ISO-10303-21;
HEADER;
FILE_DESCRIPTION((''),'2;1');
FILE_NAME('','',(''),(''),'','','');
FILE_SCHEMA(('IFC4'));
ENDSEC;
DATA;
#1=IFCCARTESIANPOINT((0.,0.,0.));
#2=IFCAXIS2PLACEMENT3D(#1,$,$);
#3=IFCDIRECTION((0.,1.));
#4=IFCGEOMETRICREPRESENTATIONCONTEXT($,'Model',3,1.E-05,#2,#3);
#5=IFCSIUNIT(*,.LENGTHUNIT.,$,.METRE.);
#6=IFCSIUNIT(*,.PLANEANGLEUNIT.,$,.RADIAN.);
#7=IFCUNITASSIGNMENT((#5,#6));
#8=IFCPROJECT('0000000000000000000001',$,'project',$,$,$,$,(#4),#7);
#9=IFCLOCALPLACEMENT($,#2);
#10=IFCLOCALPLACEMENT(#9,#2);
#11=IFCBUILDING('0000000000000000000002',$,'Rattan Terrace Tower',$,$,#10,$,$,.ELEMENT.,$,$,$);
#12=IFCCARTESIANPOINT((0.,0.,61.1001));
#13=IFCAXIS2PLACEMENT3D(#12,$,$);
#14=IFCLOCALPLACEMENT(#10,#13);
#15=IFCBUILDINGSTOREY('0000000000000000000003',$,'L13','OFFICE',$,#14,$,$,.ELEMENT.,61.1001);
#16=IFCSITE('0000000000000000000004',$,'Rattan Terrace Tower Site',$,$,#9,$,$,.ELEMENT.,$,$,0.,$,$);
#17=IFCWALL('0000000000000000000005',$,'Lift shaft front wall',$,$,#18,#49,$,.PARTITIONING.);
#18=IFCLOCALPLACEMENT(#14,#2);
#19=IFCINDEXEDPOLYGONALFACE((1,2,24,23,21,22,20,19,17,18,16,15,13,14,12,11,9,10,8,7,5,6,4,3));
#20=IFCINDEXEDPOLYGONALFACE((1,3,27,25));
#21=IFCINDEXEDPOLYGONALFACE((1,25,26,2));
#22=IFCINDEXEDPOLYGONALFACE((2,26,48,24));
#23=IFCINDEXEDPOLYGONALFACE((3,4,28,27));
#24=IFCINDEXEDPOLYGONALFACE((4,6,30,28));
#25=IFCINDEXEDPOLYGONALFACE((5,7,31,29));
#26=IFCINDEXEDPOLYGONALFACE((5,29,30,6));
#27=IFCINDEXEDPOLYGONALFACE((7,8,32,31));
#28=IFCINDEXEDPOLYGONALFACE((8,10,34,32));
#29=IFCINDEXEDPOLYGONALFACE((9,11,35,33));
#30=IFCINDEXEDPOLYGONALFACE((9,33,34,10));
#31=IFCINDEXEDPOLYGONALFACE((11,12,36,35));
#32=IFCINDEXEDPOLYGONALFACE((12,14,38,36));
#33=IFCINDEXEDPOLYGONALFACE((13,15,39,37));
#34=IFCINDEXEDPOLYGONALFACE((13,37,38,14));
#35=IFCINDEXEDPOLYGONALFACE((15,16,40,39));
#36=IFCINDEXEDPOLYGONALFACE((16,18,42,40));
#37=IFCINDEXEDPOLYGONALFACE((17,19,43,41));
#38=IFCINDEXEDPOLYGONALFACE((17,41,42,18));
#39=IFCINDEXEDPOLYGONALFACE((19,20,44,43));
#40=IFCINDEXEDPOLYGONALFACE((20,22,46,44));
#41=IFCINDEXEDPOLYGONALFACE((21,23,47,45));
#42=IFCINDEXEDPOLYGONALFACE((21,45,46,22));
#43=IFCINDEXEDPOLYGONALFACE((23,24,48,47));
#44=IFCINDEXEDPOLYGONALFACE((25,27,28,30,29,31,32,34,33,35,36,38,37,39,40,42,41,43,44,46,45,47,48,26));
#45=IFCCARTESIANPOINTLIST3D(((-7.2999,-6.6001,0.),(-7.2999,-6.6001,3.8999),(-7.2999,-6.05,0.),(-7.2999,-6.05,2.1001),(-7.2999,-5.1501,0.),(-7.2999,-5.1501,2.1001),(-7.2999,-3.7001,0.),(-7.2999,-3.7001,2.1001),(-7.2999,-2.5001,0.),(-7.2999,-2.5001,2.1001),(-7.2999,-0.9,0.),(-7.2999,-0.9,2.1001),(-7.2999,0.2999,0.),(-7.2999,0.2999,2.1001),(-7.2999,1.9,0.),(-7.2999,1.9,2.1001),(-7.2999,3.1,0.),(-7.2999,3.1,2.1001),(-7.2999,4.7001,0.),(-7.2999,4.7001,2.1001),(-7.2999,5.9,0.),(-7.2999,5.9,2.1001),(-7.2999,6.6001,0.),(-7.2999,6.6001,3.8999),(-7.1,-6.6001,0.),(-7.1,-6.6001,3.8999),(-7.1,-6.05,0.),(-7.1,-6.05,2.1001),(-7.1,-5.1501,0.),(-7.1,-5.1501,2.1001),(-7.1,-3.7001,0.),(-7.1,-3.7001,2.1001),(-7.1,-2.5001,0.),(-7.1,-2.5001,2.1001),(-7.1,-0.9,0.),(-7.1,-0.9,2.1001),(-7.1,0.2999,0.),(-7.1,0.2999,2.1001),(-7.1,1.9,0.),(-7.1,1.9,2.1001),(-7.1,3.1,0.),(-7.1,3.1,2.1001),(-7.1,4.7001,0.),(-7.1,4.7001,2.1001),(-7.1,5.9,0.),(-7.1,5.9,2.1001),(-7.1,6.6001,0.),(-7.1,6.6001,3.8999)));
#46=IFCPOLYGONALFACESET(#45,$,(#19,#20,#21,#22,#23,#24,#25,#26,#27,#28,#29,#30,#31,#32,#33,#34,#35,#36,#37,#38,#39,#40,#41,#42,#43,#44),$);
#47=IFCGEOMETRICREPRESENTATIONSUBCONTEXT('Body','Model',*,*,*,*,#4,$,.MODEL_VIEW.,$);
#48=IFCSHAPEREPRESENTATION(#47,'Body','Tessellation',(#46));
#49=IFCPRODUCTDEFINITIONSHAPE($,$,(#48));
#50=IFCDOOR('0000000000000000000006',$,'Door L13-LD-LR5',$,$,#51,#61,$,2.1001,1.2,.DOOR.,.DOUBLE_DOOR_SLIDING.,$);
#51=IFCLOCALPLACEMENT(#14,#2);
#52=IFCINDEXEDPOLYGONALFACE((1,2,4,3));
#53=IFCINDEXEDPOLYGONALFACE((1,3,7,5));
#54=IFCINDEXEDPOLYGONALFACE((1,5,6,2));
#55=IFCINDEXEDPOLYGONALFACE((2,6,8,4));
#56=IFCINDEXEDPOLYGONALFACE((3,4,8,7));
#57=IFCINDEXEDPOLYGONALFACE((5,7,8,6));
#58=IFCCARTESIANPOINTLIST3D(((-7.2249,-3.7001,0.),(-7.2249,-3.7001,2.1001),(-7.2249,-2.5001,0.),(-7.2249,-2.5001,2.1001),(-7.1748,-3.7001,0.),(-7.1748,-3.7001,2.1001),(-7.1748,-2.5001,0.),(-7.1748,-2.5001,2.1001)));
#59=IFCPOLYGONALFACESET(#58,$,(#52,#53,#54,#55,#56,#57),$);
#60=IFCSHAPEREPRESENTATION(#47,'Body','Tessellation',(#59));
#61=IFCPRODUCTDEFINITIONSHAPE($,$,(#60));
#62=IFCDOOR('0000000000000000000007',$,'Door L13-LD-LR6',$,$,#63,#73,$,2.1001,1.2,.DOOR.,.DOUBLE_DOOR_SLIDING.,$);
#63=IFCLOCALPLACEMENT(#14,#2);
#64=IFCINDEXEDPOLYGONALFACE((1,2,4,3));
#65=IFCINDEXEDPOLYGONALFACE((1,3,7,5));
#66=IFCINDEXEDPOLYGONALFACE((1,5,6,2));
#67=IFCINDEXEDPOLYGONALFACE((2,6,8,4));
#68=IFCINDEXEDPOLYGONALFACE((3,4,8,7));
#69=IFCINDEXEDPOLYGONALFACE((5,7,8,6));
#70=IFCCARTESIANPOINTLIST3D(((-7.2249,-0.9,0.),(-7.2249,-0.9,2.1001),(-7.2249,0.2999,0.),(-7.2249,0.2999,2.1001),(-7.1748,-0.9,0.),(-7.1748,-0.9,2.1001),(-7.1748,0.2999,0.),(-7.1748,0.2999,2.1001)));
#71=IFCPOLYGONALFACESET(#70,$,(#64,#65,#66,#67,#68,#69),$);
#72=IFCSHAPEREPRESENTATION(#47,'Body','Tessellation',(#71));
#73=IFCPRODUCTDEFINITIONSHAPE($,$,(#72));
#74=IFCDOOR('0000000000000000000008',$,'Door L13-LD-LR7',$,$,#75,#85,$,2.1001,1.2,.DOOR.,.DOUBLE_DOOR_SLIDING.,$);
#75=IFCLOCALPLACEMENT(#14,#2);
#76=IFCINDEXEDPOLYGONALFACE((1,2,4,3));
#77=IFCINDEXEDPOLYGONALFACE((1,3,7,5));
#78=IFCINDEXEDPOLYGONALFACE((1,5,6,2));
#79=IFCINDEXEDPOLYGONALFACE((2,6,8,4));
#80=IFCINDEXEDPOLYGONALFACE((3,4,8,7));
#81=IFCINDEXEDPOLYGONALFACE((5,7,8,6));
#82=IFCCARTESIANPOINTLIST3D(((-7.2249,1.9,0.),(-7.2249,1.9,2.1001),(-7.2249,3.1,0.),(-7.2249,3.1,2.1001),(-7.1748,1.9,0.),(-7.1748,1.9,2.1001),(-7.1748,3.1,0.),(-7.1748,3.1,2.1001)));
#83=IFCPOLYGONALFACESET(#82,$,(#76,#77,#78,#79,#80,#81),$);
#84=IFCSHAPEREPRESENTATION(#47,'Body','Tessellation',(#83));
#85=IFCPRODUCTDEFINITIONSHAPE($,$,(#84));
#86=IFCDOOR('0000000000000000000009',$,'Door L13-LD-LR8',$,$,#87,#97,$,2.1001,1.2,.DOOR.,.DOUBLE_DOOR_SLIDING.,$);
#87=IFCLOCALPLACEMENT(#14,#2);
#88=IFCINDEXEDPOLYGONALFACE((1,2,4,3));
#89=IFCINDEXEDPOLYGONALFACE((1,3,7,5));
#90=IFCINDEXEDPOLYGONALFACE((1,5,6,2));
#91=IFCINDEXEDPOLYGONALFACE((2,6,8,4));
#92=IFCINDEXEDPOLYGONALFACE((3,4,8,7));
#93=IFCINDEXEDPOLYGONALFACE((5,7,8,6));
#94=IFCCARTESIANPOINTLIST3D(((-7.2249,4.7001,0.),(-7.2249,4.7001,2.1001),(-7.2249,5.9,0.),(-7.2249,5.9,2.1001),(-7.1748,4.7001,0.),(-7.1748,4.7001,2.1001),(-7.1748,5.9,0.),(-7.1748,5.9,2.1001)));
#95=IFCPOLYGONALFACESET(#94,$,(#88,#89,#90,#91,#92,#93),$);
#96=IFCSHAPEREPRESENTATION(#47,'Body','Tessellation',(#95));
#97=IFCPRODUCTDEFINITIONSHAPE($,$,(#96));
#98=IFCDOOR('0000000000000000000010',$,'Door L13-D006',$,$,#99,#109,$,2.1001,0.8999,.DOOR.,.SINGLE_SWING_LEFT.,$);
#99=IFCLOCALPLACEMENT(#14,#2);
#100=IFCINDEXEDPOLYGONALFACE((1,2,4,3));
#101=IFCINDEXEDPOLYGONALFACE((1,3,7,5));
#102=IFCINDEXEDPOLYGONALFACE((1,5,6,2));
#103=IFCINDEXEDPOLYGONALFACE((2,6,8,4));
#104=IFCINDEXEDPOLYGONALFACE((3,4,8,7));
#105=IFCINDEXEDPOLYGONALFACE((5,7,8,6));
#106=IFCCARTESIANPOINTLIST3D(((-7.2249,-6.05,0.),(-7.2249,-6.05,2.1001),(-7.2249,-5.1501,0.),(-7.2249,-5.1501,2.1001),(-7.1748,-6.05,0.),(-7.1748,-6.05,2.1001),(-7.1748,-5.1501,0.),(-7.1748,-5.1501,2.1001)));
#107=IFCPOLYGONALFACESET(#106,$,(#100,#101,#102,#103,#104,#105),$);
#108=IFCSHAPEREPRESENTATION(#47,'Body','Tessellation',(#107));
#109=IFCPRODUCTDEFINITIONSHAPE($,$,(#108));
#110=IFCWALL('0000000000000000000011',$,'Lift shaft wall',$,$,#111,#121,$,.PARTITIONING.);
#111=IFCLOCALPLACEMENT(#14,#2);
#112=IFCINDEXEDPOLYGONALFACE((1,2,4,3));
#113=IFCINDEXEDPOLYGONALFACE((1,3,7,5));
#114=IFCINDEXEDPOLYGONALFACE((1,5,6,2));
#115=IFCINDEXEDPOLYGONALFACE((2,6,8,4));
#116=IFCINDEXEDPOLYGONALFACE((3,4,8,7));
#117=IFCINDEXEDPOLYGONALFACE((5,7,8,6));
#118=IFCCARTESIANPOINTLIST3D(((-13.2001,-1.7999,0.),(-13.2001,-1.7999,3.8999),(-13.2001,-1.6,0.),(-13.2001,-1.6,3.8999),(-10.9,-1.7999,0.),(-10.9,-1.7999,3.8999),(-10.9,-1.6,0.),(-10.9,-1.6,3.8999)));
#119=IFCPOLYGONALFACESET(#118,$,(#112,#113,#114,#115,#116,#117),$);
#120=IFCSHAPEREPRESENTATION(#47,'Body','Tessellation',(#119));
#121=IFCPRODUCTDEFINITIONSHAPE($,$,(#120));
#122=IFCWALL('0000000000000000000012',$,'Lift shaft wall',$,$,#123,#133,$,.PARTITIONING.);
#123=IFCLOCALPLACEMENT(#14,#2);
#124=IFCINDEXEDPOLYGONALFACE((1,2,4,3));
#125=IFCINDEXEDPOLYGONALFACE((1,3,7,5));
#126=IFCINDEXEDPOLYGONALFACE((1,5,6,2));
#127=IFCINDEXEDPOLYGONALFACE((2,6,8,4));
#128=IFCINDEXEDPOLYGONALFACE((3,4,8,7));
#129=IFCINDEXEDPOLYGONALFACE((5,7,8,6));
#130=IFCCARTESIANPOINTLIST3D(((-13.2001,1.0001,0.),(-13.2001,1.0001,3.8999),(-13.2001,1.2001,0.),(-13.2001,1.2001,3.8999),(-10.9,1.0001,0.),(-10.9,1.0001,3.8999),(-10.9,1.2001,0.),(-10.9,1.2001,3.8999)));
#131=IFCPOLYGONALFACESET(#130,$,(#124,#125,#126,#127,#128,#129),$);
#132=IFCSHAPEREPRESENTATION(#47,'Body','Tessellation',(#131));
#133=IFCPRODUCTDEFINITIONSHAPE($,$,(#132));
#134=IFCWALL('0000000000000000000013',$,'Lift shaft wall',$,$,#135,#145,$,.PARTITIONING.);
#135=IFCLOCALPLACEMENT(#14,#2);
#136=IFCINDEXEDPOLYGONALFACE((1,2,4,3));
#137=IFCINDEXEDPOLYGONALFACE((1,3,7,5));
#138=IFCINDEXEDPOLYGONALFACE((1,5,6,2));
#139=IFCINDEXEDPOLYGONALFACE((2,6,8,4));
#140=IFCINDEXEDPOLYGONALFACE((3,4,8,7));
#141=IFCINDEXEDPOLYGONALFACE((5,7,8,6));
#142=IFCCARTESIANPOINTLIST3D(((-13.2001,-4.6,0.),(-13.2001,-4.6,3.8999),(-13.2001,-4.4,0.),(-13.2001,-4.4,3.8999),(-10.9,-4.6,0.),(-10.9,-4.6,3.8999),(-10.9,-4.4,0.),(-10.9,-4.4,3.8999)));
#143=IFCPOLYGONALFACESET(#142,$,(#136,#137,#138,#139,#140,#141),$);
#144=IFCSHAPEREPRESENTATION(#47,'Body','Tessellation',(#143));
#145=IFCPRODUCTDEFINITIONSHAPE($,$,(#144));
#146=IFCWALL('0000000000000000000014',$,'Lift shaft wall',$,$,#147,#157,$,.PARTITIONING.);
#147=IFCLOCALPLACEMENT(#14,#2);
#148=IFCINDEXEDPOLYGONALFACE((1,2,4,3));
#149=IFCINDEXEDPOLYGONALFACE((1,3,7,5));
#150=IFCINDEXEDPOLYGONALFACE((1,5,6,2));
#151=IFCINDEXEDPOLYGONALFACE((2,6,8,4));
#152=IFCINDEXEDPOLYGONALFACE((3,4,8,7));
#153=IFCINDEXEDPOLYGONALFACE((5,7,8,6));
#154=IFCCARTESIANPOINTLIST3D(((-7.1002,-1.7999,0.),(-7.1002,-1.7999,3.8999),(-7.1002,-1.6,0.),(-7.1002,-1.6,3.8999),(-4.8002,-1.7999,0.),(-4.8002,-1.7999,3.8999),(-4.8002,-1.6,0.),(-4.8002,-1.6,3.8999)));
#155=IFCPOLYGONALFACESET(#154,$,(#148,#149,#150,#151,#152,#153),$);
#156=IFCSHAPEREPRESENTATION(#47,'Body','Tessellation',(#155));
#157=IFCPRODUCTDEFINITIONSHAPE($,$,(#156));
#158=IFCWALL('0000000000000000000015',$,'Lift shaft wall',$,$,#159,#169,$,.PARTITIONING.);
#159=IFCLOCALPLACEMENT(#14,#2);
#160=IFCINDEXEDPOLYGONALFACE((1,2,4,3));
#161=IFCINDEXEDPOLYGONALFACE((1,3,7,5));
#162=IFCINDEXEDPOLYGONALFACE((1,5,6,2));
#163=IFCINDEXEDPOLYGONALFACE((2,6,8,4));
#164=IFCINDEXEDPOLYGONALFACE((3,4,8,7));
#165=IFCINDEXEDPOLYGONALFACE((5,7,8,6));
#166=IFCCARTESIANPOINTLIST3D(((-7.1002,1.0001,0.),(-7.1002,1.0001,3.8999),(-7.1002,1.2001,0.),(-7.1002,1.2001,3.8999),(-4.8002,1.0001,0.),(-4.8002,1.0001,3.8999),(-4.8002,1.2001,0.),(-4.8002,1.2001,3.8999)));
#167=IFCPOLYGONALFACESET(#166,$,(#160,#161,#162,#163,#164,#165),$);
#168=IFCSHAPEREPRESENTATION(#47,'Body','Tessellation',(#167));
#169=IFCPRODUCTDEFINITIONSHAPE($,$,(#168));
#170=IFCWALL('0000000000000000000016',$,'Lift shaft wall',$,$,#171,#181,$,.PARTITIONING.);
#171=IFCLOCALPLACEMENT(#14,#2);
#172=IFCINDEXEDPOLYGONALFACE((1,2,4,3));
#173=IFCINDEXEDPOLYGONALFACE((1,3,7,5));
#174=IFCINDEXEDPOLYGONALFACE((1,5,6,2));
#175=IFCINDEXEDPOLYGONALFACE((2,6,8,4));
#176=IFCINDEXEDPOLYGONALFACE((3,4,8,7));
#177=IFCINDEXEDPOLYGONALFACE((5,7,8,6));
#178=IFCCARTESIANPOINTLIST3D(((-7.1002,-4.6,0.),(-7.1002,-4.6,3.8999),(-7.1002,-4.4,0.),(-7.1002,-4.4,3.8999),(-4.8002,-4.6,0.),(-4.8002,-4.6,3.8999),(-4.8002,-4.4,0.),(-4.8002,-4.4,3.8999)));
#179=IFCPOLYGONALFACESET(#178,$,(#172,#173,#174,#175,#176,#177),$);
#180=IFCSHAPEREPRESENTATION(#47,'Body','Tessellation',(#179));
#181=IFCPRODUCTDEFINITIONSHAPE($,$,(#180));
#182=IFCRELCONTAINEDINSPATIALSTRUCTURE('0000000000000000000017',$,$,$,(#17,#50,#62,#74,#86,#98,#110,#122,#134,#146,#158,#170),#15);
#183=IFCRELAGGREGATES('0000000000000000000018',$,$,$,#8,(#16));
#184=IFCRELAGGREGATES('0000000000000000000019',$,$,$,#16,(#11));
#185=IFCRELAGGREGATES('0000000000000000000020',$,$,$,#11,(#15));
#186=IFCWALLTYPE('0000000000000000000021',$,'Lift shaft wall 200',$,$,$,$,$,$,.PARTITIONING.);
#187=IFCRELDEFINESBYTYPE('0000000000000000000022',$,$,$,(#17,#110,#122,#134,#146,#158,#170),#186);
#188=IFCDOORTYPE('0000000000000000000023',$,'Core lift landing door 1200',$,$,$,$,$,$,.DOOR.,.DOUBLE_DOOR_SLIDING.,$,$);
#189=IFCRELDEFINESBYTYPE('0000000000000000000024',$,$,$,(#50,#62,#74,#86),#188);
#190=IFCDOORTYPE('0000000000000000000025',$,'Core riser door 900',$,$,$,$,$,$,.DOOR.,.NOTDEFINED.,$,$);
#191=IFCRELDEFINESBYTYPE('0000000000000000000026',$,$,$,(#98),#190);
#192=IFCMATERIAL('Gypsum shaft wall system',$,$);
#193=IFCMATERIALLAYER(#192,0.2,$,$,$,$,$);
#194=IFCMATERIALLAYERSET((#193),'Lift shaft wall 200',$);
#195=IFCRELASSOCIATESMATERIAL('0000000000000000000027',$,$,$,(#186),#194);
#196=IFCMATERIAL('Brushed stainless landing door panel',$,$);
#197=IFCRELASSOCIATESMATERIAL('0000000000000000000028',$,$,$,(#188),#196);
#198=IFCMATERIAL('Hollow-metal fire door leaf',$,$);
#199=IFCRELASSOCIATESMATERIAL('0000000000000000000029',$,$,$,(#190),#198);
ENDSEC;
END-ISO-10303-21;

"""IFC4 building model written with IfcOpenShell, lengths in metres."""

from ifc_helpers import new_model, si_unit, direction, frame, frame_2d, origin, place, context, subcontext, project, spatial, rectangle, extrude, material, layer, layer_set, type_object, element, fill, save


model = new_model("IFC4")

# Units and contexts
model_context = context("Model", 3, precision=1e-05, world=origin(), true_north=direction((0.0, 1.0)))
body_context = subcontext(model_context, "Body", "Model", "MODEL_VIEW")
ifc_project = project(units=[si_unit("LENGTHUNIT", "METRE"), si_unit("PLANEANGLEUNIT", "RADIAN")], contexts=[model_context])

# Site, building, storey
site_placement = place(None, origin())
site = spatial("IfcSite", under=ifc_project, at=site_placement, Name="Rattan Terrace Tower Site", CompositionType="ELEMENT", RefElevation=0.0)
building_placement = place(site_placement, origin())
building = spatial("IfcBuilding", under=site, at=building_placement, Name="Rattan Terrace Tower", CompositionType="ELEMENT")
storey_placement = place(building_placement, frame((0.0, 0.0, 61.1001)))
storey = spatial("IfcBuildingStorey", under=building, at=storey_placement, Name="L13", Description="OFFICE", CompositionType="ELEMENT", Elevation=61.1001)

# Wall, openings, doors
ifc_material_1 = material(Name="Gypsum shaft wall system")
ifc_layer_1 = layer(ifc_material_1, 0.2)
ifc_layer_set_1 = layer_set([ifc_layer_1], Name="Lift shaft wall 200")
wall_type_1 = type_object("IfcWallType", Name="Lift shaft wall 200", PredefinedType="PARTITIONING", material=ifc_layer_set_1)
wall_1_placement = place(storey_placement, frame((-7.2, -6.6001, 0.0), z_axis=(0.0, 0.0, 1.0), x_axis=(0.0, 1.0, 0.0)))
wall_1 = element("IfcWall", 1, at=wall_1_placement, inside=storey, type_object=wall_type_1, Name="Lift shaft front wall", PredefinedType="PARTITIONING", context=body_context, shape_type="SweptSolid", body=[
    extrude(rectangle(XDim=13.2002, YDim=0.2, at=frame_2d((6.6001, 0.0))), origin(), (0.0, 0.0, 1.0), 3.8999),
])
opening_1_placement = place(wall_1_placement, frame((0.55, 0.0, 0.0)))
opening_1 = element("IfcOpeningElement", 2, at=opening_1_placement, cuts=wall_1, PredefinedType="OPENING", context=body_context, shape_type="SweptSolid", body=[
    extrude(rectangle(XDim=0.8999, YDim=2.1001, at=frame_2d((0.45, 1.05))), frame((0.0, 0.1106, 0.0), z_axis=(0.0, -1.0, 0.0), x_axis=(1.0, 0.0, 0.0)), (0.0, 0.0, 1.0), 0.2209),
])
opening_2_placement = place(wall_1_placement, frame((2.8999, 0.0, 0.0)))
opening_2 = element("IfcOpeningElement", 3, at=opening_2_placement, cuts=wall_1, PredefinedType="OPENING", context=body_context, shape_type="SweptSolid", body=[
    extrude(rectangle(XDim=1.2, YDim=2.1001, at=frame_2d((0.6001, 1.05))), frame((0.0, 0.1106, 0.0), z_axis=(0.0, -1.0, 0.0), x_axis=(1.0, 0.0, 0.0)), (0.0, 0.0, 1.0), 0.2209),
])
opening_3_placement = place(wall_1_placement, frame((5.7, 0.0, 0.0)))
opening_3 = element("IfcOpeningElement", 4, at=opening_3_placement, cuts=wall_1, PredefinedType="OPENING", context=body_context, shape_type="SweptSolid", body=[
    extrude(rectangle(XDim=1.2, YDim=2.1001, at=frame_2d((0.6001, 1.05))), frame((0.0, 0.1106, 0.0), z_axis=(0.0, -1.0, 0.0), x_axis=(1.0, 0.0, 0.0)), (0.0, 0.0, 1.0), 0.2209),
])
opening_4_placement = place(wall_1_placement, frame((8.5, 0.0, 0.0)))
opening_4 = element("IfcOpeningElement", 5, at=opening_4_placement, cuts=wall_1, PredefinedType="OPENING", context=body_context, shape_type="SweptSolid", body=[
    extrude(rectangle(XDim=1.2, YDim=2.1001, at=frame_2d((0.6001, 1.05))), frame((0.0, 0.1106, 0.0), z_axis=(0.0, -1.0, 0.0), x_axis=(1.0, 0.0, 0.0)), (0.0, 0.0, 1.0), 0.2209),
])
opening_5_placement = place(wall_1_placement, frame((11.3, 0.0, 0.0)))
opening_5 = element("IfcOpeningElement", 6, at=opening_5_placement, cuts=wall_1, PredefinedType="OPENING", context=body_context, shape_type="SweptSolid", body=[
    extrude(rectangle(XDim=1.2, YDim=2.1001, at=frame_2d((0.6001, 1.05))), frame((0.0, 0.1106, 0.0), z_axis=(0.0, -1.0, 0.0), x_axis=(1.0, 0.0, 0.0)), (0.0, 0.0, 1.0), 0.2209),
])
ifc_material_2 = material(Name="Brushed stainless landing door panel")
door_type_1 = type_object("IfcDoorType", Name="Core lift landing door 1200", OperationType="DOUBLE_DOOR_SLIDING", PredefinedType="DOOR", material=ifc_material_2)
door_1_placement = place(opening_2_placement, origin())
door_1 = element("IfcDoor", 7, at=door_1_placement, inside=storey, type_object=door_type_1, Name="Door L13-LD-LR5", OperationType="DOUBLE_DOOR_SLIDING", OverallHeight=2.1001, OverallWidth=1.2, PredefinedType="DOOR", context=body_context, shape_type="SweptSolid", body=[
    extrude(rectangle(XDim=1.2, YDim=2.1001, at=frame_2d((0.6001, 1.05))), frame((0.0, 0.0249, 0.0), z_axis=(0.0, -1.0, 0.0), x_axis=(1.0, 0.0, 0.0)), (0.0, 0.0, 1.0), 0.05),
])
fill(opening_2, door_1)
door_2_placement = place(opening_3_placement, origin())
door_2 = element("IfcDoor", 8, at=door_2_placement, inside=storey, type_object=door_type_1, Name="Door L13-LD-LR6", OperationType="DOUBLE_DOOR_SLIDING", OverallHeight=2.1001, OverallWidth=1.2, PredefinedType="DOOR", context=body_context, shape_type="SweptSolid", body=[
    extrude(rectangle(XDim=1.2, YDim=2.1001, at=frame_2d((0.6001, 1.05))), frame((0.0, 0.0249, 0.0), z_axis=(0.0, -1.0, 0.0), x_axis=(1.0, 0.0, 0.0)), (0.0, 0.0, 1.0), 0.05),
])
fill(opening_3, door_2)
door_3_placement = place(opening_4_placement, origin())
door_3 = element("IfcDoor", 9, at=door_3_placement, inside=storey, type_object=door_type_1, Name="Door L13-LD-LR7", OperationType="DOUBLE_DOOR_SLIDING", OverallHeight=2.1001, OverallWidth=1.2, PredefinedType="DOOR", context=body_context, shape_type="SweptSolid", body=[
    extrude(rectangle(XDim=1.2, YDim=2.1001, at=frame_2d((0.6001, 1.05))), frame((0.0, 0.0249, 0.0), z_axis=(0.0, -1.0, 0.0), x_axis=(1.0, 0.0, 0.0)), (0.0, 0.0, 1.0), 0.05),
])
fill(opening_4, door_3)
door_4_placement = place(opening_5_placement, origin())
door_4 = element("IfcDoor", 10, at=door_4_placement, inside=storey, type_object=door_type_1, Name="Door L13-LD-LR8", OperationType="DOUBLE_DOOR_SLIDING", OverallHeight=2.1001, OverallWidth=1.2, PredefinedType="DOOR", context=body_context, shape_type="SweptSolid", body=[
    extrude(rectangle(XDim=1.2, YDim=2.1001, at=frame_2d((0.6001, 1.05))), frame((0.0, 0.0249, 0.0), z_axis=(0.0, -1.0, 0.0), x_axis=(1.0, 0.0, 0.0)), (0.0, 0.0, 1.0), 0.05),
])
fill(opening_5, door_4)
ifc_material_3 = material(Name="Hollow-metal fire door leaf")
door_type_2 = type_object("IfcDoorType", Name="Core riser door 900", OperationType="NOTDEFINED", PredefinedType="DOOR", material=ifc_material_3)
door_5_placement = place(opening_1_placement, origin())
door_5 = element("IfcDoor", 11, at=door_5_placement, inside=storey, type_object=door_type_2, Name="Door L13-D006", OperationType="SINGLE_SWING_LEFT", OverallHeight=2.1001, OverallWidth=0.8999, PredefinedType="DOOR", context=body_context, shape_type="SweptSolid", body=[
    extrude(rectangle(XDim=0.8999, YDim=2.1001, at=frame_2d((0.45, 1.05))), frame((0.0, 0.0249, 0.0), z_axis=(0.0, -1.0, 0.0), x_axis=(1.0, 0.0, 0.0)), (0.0, 0.0, 1.0), 0.05),
])
fill(opening_1, door_5)

# Walls
for number, where, z_axis, x_axis, name in (
    (12, (-13.2, -1.7, 0.0), (0.0, 0.0, 1.0), (1.0, 0.0, 0.0), "Lift shaft wall"),
    (13, (-13.2, 1.1001, 0.0), (0.0, 0.0, 1.0), (1.0, 0.0, 0.0), "Lift shaft wall"),
    (14, (-13.2, -4.5, 0.0), (0.0, 0.0, 1.0), (1.0, 0.0, 0.0), "Lift shaft wall"),
    (15, (-7.1001, -1.7, 0.0), (0.0, 0.0, 1.0), (1.0, 0.0, 0.0), "Lift shaft wall"),
    (16, (-7.1001, 1.1001, 0.0), (0.0, 0.0, 1.0), (1.0, 0.0, 0.0), "Lift shaft wall"),
    (17, (-7.1001, -4.5, 0.0), (0.0, 0.0, 1.0), (1.0, 0.0, 0.0), "Lift shaft wall"),
):
    element("IfcWall", number, at=place(storey_placement, frame(where, z_axis=z_axis, x_axis=x_axis)), inside=storey, type_object=wall_type_1, Name=name, PredefinedType="PARTITIONING", context=body_context, shape_type="SweptSolid", body=[
        extrude(rectangle(XDim=2.3, YDim=0.2, at=frame_2d((1.1499, 0.0))), origin(), (0.0, 0.0, 1.0), 3.8999),
    ])

save(model, "model.ifc")
